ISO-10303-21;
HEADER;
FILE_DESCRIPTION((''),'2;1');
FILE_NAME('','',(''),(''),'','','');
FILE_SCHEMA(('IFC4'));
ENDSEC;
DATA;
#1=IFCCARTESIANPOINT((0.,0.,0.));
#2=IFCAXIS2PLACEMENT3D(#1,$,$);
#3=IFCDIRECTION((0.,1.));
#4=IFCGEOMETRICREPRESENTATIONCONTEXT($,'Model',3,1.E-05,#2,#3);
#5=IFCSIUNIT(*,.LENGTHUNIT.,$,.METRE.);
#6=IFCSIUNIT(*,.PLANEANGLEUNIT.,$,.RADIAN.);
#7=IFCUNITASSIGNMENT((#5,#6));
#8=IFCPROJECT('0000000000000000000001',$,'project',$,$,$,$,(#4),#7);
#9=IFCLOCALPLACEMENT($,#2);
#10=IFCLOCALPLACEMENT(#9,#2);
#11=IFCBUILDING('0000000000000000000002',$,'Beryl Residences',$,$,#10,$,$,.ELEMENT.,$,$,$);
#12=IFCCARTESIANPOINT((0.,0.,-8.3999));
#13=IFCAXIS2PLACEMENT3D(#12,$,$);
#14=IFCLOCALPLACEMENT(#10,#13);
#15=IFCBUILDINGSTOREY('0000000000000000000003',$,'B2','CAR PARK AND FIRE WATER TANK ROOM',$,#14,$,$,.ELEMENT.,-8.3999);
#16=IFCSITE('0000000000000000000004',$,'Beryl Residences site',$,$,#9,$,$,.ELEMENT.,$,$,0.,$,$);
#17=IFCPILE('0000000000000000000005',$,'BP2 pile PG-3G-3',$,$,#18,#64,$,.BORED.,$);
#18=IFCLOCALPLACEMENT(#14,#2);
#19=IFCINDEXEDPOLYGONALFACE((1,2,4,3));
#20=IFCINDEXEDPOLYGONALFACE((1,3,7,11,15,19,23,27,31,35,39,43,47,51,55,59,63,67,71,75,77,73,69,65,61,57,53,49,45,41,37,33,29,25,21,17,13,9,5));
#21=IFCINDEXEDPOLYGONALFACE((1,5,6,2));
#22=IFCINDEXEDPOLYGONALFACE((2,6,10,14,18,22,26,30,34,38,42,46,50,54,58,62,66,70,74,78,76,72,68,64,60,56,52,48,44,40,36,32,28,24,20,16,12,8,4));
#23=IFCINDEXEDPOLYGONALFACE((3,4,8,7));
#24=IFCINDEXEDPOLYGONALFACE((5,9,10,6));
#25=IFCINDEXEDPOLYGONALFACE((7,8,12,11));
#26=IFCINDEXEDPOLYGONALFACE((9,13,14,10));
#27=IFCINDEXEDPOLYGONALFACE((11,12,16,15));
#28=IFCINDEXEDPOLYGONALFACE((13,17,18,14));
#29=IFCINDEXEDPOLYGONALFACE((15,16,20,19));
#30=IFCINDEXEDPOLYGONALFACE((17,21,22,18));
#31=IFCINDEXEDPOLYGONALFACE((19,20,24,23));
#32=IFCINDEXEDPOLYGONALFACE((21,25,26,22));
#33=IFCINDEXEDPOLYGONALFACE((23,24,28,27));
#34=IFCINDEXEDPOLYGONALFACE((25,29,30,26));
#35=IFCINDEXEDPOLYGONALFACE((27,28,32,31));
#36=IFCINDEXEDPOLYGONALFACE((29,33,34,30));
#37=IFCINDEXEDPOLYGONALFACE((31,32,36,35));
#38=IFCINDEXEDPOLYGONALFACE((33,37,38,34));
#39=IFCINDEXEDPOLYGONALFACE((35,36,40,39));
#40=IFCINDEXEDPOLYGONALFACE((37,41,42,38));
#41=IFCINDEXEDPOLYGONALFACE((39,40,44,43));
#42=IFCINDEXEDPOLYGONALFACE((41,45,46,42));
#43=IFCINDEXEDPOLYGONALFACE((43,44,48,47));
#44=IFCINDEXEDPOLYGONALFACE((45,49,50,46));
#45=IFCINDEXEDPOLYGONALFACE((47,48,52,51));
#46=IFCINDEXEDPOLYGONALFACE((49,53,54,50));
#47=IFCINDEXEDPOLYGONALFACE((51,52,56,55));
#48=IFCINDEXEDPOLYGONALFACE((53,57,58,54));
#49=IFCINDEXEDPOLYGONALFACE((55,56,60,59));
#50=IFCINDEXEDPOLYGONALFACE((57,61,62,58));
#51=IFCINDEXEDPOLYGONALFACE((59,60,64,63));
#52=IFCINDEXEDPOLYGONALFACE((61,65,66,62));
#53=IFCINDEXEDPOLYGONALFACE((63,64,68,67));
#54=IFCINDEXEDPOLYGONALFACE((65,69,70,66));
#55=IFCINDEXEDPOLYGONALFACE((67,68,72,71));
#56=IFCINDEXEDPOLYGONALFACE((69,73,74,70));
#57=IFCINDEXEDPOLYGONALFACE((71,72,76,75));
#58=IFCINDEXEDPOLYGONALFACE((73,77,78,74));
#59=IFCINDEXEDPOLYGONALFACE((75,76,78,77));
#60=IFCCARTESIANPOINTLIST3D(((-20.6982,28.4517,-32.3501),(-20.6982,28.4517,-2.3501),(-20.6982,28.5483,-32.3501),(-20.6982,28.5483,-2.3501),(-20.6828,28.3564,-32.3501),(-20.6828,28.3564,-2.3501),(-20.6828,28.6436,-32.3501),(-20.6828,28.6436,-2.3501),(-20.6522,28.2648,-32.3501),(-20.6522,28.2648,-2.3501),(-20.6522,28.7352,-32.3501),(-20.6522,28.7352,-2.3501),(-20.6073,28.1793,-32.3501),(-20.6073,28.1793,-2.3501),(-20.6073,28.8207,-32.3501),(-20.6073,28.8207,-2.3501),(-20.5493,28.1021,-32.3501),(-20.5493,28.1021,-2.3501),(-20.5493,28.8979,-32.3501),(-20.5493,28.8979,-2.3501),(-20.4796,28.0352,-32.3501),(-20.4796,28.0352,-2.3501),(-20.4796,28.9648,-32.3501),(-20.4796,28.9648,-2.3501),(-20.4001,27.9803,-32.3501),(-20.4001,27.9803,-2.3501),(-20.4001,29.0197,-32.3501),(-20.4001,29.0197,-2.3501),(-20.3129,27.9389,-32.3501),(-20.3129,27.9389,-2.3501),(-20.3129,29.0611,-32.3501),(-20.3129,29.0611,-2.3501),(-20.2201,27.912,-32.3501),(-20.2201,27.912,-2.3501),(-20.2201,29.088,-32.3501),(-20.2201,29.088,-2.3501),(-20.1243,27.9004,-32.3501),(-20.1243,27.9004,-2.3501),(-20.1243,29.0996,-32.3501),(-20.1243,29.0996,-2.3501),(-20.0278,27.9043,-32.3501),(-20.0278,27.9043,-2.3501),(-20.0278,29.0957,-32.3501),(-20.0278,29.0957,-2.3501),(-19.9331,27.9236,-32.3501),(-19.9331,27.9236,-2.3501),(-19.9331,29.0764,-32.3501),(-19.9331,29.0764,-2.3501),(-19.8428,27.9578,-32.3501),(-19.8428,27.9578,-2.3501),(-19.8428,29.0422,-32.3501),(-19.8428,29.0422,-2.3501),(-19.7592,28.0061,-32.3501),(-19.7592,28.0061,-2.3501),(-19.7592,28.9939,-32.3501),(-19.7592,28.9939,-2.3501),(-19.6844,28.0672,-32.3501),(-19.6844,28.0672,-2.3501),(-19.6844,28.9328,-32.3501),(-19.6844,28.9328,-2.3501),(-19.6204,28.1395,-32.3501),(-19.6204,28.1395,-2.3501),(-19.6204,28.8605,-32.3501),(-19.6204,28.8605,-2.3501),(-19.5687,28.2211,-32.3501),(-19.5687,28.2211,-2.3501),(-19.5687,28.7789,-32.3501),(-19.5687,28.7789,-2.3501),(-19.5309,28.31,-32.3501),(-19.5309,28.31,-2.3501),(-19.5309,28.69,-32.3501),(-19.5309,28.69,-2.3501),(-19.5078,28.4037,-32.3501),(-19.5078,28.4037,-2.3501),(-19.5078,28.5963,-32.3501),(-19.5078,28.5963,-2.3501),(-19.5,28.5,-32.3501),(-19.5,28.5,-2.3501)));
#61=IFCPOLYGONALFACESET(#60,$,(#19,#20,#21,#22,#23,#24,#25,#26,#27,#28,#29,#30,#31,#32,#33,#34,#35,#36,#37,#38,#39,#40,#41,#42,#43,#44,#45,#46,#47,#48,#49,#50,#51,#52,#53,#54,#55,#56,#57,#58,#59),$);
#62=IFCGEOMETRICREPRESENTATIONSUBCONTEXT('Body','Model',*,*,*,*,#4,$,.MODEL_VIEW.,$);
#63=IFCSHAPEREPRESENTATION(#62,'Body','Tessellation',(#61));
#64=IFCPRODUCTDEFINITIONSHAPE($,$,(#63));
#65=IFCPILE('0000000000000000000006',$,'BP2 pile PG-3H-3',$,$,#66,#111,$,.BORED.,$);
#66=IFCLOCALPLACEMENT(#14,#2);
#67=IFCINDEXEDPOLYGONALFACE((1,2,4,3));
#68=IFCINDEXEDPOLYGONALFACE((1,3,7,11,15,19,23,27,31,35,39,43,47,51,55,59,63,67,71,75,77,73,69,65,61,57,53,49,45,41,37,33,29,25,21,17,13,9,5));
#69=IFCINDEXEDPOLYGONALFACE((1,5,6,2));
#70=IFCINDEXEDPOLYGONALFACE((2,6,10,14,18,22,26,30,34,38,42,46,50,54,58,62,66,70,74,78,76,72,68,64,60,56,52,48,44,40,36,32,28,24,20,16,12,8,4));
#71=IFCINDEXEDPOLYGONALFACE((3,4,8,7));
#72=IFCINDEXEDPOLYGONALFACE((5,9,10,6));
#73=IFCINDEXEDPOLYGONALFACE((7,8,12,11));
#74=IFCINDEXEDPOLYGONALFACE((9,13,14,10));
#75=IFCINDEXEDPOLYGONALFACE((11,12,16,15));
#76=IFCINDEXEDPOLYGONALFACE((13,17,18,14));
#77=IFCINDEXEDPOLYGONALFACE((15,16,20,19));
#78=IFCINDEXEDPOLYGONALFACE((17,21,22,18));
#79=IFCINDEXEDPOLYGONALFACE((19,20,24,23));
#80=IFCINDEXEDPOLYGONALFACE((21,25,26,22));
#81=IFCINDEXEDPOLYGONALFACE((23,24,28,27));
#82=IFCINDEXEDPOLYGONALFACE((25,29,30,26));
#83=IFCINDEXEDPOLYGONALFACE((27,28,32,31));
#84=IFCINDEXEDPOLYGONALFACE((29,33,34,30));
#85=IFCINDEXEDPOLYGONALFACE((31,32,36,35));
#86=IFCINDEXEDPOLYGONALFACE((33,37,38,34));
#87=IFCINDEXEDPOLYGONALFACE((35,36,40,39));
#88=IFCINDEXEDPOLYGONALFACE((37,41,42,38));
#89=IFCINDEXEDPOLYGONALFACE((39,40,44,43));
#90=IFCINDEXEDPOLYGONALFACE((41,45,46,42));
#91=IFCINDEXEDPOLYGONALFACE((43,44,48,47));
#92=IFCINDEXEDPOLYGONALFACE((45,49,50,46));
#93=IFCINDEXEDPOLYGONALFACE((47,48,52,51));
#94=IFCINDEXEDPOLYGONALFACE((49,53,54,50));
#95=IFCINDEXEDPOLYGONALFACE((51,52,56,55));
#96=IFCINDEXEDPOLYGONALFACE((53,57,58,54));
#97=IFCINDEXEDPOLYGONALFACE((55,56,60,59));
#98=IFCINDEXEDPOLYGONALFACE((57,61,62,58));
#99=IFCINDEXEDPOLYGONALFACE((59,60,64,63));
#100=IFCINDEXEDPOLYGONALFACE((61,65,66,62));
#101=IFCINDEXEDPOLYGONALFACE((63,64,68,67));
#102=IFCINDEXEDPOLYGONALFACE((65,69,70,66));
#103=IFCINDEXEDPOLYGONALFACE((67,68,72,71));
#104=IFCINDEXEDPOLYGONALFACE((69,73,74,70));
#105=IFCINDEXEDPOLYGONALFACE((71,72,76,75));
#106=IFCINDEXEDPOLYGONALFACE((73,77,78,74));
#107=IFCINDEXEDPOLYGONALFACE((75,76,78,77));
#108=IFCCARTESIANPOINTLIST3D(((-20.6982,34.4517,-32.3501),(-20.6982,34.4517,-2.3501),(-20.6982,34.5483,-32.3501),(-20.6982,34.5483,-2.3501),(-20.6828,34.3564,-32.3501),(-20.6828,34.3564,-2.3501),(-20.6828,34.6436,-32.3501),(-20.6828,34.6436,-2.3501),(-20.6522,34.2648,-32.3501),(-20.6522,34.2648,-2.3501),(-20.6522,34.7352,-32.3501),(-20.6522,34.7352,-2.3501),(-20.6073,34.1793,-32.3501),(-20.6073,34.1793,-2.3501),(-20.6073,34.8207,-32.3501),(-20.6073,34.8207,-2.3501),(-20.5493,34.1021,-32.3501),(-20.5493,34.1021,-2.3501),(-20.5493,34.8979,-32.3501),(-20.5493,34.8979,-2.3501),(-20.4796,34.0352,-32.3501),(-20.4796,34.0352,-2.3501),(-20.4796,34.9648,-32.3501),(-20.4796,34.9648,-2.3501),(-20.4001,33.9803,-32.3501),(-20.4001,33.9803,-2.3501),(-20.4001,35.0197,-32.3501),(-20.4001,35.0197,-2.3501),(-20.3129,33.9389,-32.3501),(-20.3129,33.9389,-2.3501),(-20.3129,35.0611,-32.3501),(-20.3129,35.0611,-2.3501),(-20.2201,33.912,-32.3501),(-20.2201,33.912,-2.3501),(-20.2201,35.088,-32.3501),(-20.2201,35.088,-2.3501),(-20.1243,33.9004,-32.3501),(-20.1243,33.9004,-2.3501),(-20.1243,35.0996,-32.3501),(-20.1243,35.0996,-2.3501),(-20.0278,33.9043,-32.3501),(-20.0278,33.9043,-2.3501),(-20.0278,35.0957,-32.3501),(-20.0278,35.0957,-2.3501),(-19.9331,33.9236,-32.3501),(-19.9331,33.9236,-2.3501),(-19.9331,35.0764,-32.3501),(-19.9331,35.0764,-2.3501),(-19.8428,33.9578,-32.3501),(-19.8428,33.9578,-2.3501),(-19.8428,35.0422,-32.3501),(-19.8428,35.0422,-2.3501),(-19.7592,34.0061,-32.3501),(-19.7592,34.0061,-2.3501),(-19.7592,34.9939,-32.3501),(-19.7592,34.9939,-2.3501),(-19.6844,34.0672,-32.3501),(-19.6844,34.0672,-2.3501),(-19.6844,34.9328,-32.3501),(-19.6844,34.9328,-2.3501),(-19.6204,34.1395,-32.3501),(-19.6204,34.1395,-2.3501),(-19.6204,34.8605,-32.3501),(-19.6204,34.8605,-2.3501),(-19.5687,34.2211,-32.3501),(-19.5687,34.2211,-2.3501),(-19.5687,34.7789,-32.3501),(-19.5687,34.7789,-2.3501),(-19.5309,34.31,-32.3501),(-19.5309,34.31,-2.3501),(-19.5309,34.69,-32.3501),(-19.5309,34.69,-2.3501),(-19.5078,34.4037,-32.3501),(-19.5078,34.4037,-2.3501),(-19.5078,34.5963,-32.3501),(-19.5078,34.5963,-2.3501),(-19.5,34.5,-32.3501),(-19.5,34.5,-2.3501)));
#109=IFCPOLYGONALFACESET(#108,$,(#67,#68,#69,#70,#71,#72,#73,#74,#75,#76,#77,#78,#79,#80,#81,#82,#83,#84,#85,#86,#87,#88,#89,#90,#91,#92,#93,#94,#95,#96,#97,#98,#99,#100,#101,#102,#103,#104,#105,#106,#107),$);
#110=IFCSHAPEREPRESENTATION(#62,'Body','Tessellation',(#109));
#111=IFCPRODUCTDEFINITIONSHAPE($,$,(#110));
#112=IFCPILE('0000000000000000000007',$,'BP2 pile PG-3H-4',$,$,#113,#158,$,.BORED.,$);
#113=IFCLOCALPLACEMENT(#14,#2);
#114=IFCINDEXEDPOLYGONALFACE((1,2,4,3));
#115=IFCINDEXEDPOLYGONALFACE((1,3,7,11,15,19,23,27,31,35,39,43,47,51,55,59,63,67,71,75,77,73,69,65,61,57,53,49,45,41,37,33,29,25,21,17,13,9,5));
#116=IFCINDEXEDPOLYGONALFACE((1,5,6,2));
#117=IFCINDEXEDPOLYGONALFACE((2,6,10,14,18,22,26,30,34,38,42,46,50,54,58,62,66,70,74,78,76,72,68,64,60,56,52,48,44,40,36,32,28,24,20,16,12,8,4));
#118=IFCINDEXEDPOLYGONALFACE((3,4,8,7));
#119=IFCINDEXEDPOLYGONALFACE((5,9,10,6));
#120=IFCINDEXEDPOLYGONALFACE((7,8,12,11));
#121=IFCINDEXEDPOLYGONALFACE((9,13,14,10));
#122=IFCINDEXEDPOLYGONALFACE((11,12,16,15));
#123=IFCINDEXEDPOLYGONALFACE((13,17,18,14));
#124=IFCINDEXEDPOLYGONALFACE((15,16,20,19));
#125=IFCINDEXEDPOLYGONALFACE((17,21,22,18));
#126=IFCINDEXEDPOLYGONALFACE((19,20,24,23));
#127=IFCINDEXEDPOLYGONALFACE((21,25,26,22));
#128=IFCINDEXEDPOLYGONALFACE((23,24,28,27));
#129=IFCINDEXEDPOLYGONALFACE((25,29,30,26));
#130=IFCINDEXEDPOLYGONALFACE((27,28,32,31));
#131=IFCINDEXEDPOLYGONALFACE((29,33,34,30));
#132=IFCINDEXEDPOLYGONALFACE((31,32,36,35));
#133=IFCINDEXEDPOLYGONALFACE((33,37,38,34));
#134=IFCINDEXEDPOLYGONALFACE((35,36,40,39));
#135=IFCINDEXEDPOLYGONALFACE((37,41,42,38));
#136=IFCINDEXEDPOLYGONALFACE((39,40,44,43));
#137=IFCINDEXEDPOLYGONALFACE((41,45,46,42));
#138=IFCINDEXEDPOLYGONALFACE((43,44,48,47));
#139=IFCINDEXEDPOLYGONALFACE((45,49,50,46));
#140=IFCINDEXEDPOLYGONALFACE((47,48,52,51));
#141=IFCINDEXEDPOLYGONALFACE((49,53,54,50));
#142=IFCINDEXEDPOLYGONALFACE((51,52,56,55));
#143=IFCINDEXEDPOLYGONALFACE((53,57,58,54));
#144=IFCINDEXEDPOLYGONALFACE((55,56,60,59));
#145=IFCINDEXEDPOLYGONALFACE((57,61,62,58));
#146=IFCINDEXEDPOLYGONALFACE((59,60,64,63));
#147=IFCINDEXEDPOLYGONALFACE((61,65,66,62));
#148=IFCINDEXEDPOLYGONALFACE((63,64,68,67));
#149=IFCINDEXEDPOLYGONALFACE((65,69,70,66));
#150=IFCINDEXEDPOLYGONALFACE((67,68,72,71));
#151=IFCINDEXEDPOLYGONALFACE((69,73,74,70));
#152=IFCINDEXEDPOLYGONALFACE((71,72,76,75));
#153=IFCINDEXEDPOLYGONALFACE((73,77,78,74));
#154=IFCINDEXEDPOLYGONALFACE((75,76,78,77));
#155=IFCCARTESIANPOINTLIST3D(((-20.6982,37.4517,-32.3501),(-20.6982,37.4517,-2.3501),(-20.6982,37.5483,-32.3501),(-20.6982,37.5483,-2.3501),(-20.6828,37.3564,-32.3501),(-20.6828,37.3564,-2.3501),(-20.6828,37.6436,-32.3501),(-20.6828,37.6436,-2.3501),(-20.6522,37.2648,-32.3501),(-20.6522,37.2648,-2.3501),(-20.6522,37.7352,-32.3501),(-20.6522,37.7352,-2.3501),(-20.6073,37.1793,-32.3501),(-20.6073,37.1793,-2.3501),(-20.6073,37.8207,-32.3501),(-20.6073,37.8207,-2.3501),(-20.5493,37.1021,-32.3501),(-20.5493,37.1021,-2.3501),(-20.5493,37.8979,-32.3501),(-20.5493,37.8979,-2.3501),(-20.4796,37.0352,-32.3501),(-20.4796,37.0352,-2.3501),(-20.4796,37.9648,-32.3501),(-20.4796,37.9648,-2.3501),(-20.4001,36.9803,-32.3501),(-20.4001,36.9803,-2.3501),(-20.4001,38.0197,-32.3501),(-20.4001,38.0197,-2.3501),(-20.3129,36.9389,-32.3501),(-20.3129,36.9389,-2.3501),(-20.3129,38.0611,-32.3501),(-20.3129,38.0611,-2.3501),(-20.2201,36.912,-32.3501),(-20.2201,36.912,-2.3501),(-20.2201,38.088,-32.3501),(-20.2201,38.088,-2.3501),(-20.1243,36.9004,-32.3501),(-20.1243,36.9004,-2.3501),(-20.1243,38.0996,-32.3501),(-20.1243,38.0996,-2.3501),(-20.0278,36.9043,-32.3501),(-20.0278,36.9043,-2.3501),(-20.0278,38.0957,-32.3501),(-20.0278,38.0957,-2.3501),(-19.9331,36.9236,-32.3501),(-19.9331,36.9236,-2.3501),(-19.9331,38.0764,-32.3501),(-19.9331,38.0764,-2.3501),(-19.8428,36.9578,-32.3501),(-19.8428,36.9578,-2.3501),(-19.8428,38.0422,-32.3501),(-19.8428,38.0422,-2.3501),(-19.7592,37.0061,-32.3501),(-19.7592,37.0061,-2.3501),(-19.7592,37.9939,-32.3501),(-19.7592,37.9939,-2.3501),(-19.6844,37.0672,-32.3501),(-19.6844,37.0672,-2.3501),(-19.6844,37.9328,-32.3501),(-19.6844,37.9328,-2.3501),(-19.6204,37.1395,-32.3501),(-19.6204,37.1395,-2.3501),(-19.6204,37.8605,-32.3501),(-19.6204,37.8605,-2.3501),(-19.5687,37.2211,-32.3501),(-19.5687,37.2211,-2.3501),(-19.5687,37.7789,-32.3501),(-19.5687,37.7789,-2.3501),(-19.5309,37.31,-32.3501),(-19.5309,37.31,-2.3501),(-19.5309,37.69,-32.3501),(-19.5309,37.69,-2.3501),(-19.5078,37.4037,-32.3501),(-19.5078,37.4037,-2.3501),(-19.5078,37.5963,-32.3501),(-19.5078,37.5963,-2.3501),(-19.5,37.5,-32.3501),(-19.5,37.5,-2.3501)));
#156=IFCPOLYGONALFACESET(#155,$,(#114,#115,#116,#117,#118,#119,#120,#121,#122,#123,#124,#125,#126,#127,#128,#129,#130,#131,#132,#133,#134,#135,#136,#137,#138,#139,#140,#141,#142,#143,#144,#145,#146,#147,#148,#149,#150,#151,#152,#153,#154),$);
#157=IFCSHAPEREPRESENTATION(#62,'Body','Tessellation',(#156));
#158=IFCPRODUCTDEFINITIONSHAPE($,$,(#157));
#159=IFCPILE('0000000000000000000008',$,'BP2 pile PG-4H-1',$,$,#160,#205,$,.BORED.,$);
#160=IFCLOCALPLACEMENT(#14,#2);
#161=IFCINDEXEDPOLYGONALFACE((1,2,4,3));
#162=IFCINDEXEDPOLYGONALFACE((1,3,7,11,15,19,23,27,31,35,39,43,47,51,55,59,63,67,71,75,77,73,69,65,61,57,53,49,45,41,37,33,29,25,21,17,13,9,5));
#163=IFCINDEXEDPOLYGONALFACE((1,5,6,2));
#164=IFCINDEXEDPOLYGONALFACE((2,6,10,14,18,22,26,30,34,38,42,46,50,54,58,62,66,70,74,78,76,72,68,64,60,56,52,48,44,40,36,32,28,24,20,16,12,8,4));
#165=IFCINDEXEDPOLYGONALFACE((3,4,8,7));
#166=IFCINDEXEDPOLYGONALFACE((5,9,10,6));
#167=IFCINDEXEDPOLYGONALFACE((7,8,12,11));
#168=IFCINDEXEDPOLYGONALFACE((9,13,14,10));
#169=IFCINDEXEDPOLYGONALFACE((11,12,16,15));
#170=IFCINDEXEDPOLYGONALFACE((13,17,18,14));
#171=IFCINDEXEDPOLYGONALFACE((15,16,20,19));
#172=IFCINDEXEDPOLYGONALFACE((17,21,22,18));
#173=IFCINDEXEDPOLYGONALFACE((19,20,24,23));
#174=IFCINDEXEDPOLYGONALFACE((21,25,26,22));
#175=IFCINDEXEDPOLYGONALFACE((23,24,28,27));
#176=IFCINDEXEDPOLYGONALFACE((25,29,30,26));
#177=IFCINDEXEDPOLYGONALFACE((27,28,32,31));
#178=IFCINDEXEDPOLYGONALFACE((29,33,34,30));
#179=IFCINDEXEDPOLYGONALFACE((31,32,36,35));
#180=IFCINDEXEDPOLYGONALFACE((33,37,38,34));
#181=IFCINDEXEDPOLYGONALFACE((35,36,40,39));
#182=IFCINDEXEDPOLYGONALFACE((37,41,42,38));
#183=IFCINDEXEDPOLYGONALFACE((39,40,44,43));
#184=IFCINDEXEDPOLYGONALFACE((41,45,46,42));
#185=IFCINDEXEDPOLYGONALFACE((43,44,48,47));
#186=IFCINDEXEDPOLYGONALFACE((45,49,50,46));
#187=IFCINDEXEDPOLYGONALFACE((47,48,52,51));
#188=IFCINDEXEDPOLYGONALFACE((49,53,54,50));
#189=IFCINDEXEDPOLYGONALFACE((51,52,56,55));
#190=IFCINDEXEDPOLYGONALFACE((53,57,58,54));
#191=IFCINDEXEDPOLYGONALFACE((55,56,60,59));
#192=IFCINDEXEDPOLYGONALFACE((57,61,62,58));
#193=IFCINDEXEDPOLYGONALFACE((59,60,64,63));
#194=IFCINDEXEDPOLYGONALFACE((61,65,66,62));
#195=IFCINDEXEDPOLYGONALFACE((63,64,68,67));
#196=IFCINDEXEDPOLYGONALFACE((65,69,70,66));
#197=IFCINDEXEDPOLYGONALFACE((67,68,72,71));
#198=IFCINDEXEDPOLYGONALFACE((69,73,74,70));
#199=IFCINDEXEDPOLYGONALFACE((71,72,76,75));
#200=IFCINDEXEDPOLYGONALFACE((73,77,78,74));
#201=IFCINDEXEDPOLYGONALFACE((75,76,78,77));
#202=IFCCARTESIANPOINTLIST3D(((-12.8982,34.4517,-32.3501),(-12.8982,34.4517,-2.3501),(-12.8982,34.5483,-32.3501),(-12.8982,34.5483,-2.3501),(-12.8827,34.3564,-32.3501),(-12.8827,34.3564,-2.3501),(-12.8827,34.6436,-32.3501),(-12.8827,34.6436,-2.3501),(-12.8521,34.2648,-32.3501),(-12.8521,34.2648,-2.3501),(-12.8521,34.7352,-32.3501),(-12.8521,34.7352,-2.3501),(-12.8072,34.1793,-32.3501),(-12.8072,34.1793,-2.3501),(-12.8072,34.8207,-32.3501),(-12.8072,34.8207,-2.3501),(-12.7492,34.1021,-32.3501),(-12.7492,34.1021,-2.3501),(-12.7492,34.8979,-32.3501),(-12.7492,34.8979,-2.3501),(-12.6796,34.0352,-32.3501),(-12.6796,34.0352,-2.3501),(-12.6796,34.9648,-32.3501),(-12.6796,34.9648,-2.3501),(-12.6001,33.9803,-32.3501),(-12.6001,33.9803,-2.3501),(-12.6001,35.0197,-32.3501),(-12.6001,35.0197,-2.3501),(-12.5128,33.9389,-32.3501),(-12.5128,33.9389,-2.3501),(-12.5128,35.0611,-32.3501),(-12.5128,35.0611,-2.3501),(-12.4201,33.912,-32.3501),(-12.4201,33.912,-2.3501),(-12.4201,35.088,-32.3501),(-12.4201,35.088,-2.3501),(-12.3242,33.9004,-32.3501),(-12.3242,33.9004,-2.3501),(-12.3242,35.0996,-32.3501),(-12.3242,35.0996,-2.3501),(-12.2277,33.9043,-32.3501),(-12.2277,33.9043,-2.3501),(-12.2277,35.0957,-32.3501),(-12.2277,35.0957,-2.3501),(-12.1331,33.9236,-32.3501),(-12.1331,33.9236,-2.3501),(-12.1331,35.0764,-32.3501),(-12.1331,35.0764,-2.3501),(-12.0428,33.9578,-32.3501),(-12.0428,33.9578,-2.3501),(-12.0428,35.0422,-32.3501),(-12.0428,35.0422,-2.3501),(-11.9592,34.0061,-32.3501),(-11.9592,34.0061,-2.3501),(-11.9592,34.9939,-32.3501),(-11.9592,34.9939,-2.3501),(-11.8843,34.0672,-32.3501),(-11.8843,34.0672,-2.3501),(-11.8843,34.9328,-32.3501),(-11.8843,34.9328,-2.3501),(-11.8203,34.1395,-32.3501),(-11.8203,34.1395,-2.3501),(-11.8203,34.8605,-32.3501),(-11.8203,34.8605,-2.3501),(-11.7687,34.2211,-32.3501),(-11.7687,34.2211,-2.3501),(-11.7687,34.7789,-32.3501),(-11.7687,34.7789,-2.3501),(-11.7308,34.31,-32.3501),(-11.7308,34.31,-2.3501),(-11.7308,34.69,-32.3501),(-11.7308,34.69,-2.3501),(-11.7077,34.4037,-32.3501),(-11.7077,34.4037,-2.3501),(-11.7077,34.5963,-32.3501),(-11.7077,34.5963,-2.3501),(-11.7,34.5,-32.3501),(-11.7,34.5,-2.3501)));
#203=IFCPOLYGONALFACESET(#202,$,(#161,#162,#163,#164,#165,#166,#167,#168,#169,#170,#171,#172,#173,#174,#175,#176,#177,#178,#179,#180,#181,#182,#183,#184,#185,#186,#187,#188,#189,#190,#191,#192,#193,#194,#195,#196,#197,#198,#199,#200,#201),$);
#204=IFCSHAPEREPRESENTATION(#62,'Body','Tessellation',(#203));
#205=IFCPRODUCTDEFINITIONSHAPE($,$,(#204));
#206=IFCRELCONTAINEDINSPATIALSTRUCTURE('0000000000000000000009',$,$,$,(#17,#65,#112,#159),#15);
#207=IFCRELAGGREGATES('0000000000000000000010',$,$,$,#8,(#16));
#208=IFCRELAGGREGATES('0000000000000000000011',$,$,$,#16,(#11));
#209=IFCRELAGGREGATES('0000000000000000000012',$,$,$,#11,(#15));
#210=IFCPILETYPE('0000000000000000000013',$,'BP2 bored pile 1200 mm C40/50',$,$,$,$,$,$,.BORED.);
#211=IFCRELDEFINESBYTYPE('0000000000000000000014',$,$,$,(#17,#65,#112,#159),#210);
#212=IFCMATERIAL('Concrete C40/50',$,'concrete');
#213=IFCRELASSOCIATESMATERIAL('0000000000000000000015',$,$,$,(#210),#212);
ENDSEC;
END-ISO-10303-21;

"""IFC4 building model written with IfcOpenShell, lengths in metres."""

from ifc_helpers import new_model, si_unit, direction, frame, origin, origin_2d, place, context, subcontext, project, spatial, circle, extrude, material, material_profile, profile_set, type_object, element, save


model = new_model("IFC4")

# Units and contexts
model_context = context("Model", 3, precision=1e-05, world=origin(), true_north=direction((0.0, 1.0)))
body_context = subcontext(model_context, "Body", "Model", "MODEL_VIEW")
ifc_project = project(units=[si_unit("LENGTHUNIT", "METRE"), si_unit("PLANEANGLEUNIT", "RADIAN")], contexts=[model_context])

# Site, building, storey
site_placement = place(None, origin())
site = spatial("IfcSite", under=ifc_project, at=site_placement, Name="Beryl Residences site", CompositionType="ELEMENT", RefElevation=0.0)
building_placement = place(site_placement, origin())
building = spatial("IfcBuilding", under=site, at=building_placement, Name="Beryl Residences", CompositionType="ELEMENT")
storey_placement = place(building_placement, frame((0.0, 0.0, -8.3999)))
storey = spatial("IfcBuildingStorey", under=building, at=storey_placement, Name="B2", Description="CAR PARK AND FIRE WATER TANK ROOM", CompositionType="ELEMENT", Elevation=-8.3999)

# Piles
ifc_material_1 = material(Name="Concrete C40/50", Category="concrete")
ifc_material_profile_1 = material_profile(ifc_material_1, circle(Radius=0.6001, at=origin_2d()))
ifc_profile_set_1 = profile_set([ifc_material_profile_1], Name="Concrete C40/50")
pile_type_1 = type_object("IfcPileType", Name="BP2 bored pile 1200 mm C40/50", PredefinedType="BORED", material=ifc_profile_set_1)
for number, where, z_axis, x_axis, name in (
    (1, (-20.1001, 28.5, -2.3501), (0.0, 0.0, -1.0), (1.0, 0.0, 0.0), "BP2 pile PG-3G-3"),
    (2, (-20.1001, 34.5, -2.3501), (0.0, 0.0, -1.0), (1.0, 0.0, 0.0), "BP2 pile PG-3H-3"),
    (3, (-20.1001, 37.5, -2.3501), (0.0, 0.0, -1.0), (1.0, 0.0, 0.0), "BP2 pile PG-3H-4"),
    (4, (-12.3, 34.5, -2.3501), (0.0, 0.0, -1.0), (1.0, 0.0, 0.0), "BP2 pile PG-4H-1"),
):
    element("IfcPile", number, at=place(storey_placement, frame(where, z_axis=z_axis, x_axis=x_axis)), inside=storey, type_object=pile_type_1, Name=name, PredefinedType="BORED", context=body_context, shape_type="SweptSolid", body=[
        extrude(circle(Radius=0.6001, at=origin_2d()), origin(), (0.0, 0.0, 1.0), 30.0),
    ])

save(model, "model.ifc")
